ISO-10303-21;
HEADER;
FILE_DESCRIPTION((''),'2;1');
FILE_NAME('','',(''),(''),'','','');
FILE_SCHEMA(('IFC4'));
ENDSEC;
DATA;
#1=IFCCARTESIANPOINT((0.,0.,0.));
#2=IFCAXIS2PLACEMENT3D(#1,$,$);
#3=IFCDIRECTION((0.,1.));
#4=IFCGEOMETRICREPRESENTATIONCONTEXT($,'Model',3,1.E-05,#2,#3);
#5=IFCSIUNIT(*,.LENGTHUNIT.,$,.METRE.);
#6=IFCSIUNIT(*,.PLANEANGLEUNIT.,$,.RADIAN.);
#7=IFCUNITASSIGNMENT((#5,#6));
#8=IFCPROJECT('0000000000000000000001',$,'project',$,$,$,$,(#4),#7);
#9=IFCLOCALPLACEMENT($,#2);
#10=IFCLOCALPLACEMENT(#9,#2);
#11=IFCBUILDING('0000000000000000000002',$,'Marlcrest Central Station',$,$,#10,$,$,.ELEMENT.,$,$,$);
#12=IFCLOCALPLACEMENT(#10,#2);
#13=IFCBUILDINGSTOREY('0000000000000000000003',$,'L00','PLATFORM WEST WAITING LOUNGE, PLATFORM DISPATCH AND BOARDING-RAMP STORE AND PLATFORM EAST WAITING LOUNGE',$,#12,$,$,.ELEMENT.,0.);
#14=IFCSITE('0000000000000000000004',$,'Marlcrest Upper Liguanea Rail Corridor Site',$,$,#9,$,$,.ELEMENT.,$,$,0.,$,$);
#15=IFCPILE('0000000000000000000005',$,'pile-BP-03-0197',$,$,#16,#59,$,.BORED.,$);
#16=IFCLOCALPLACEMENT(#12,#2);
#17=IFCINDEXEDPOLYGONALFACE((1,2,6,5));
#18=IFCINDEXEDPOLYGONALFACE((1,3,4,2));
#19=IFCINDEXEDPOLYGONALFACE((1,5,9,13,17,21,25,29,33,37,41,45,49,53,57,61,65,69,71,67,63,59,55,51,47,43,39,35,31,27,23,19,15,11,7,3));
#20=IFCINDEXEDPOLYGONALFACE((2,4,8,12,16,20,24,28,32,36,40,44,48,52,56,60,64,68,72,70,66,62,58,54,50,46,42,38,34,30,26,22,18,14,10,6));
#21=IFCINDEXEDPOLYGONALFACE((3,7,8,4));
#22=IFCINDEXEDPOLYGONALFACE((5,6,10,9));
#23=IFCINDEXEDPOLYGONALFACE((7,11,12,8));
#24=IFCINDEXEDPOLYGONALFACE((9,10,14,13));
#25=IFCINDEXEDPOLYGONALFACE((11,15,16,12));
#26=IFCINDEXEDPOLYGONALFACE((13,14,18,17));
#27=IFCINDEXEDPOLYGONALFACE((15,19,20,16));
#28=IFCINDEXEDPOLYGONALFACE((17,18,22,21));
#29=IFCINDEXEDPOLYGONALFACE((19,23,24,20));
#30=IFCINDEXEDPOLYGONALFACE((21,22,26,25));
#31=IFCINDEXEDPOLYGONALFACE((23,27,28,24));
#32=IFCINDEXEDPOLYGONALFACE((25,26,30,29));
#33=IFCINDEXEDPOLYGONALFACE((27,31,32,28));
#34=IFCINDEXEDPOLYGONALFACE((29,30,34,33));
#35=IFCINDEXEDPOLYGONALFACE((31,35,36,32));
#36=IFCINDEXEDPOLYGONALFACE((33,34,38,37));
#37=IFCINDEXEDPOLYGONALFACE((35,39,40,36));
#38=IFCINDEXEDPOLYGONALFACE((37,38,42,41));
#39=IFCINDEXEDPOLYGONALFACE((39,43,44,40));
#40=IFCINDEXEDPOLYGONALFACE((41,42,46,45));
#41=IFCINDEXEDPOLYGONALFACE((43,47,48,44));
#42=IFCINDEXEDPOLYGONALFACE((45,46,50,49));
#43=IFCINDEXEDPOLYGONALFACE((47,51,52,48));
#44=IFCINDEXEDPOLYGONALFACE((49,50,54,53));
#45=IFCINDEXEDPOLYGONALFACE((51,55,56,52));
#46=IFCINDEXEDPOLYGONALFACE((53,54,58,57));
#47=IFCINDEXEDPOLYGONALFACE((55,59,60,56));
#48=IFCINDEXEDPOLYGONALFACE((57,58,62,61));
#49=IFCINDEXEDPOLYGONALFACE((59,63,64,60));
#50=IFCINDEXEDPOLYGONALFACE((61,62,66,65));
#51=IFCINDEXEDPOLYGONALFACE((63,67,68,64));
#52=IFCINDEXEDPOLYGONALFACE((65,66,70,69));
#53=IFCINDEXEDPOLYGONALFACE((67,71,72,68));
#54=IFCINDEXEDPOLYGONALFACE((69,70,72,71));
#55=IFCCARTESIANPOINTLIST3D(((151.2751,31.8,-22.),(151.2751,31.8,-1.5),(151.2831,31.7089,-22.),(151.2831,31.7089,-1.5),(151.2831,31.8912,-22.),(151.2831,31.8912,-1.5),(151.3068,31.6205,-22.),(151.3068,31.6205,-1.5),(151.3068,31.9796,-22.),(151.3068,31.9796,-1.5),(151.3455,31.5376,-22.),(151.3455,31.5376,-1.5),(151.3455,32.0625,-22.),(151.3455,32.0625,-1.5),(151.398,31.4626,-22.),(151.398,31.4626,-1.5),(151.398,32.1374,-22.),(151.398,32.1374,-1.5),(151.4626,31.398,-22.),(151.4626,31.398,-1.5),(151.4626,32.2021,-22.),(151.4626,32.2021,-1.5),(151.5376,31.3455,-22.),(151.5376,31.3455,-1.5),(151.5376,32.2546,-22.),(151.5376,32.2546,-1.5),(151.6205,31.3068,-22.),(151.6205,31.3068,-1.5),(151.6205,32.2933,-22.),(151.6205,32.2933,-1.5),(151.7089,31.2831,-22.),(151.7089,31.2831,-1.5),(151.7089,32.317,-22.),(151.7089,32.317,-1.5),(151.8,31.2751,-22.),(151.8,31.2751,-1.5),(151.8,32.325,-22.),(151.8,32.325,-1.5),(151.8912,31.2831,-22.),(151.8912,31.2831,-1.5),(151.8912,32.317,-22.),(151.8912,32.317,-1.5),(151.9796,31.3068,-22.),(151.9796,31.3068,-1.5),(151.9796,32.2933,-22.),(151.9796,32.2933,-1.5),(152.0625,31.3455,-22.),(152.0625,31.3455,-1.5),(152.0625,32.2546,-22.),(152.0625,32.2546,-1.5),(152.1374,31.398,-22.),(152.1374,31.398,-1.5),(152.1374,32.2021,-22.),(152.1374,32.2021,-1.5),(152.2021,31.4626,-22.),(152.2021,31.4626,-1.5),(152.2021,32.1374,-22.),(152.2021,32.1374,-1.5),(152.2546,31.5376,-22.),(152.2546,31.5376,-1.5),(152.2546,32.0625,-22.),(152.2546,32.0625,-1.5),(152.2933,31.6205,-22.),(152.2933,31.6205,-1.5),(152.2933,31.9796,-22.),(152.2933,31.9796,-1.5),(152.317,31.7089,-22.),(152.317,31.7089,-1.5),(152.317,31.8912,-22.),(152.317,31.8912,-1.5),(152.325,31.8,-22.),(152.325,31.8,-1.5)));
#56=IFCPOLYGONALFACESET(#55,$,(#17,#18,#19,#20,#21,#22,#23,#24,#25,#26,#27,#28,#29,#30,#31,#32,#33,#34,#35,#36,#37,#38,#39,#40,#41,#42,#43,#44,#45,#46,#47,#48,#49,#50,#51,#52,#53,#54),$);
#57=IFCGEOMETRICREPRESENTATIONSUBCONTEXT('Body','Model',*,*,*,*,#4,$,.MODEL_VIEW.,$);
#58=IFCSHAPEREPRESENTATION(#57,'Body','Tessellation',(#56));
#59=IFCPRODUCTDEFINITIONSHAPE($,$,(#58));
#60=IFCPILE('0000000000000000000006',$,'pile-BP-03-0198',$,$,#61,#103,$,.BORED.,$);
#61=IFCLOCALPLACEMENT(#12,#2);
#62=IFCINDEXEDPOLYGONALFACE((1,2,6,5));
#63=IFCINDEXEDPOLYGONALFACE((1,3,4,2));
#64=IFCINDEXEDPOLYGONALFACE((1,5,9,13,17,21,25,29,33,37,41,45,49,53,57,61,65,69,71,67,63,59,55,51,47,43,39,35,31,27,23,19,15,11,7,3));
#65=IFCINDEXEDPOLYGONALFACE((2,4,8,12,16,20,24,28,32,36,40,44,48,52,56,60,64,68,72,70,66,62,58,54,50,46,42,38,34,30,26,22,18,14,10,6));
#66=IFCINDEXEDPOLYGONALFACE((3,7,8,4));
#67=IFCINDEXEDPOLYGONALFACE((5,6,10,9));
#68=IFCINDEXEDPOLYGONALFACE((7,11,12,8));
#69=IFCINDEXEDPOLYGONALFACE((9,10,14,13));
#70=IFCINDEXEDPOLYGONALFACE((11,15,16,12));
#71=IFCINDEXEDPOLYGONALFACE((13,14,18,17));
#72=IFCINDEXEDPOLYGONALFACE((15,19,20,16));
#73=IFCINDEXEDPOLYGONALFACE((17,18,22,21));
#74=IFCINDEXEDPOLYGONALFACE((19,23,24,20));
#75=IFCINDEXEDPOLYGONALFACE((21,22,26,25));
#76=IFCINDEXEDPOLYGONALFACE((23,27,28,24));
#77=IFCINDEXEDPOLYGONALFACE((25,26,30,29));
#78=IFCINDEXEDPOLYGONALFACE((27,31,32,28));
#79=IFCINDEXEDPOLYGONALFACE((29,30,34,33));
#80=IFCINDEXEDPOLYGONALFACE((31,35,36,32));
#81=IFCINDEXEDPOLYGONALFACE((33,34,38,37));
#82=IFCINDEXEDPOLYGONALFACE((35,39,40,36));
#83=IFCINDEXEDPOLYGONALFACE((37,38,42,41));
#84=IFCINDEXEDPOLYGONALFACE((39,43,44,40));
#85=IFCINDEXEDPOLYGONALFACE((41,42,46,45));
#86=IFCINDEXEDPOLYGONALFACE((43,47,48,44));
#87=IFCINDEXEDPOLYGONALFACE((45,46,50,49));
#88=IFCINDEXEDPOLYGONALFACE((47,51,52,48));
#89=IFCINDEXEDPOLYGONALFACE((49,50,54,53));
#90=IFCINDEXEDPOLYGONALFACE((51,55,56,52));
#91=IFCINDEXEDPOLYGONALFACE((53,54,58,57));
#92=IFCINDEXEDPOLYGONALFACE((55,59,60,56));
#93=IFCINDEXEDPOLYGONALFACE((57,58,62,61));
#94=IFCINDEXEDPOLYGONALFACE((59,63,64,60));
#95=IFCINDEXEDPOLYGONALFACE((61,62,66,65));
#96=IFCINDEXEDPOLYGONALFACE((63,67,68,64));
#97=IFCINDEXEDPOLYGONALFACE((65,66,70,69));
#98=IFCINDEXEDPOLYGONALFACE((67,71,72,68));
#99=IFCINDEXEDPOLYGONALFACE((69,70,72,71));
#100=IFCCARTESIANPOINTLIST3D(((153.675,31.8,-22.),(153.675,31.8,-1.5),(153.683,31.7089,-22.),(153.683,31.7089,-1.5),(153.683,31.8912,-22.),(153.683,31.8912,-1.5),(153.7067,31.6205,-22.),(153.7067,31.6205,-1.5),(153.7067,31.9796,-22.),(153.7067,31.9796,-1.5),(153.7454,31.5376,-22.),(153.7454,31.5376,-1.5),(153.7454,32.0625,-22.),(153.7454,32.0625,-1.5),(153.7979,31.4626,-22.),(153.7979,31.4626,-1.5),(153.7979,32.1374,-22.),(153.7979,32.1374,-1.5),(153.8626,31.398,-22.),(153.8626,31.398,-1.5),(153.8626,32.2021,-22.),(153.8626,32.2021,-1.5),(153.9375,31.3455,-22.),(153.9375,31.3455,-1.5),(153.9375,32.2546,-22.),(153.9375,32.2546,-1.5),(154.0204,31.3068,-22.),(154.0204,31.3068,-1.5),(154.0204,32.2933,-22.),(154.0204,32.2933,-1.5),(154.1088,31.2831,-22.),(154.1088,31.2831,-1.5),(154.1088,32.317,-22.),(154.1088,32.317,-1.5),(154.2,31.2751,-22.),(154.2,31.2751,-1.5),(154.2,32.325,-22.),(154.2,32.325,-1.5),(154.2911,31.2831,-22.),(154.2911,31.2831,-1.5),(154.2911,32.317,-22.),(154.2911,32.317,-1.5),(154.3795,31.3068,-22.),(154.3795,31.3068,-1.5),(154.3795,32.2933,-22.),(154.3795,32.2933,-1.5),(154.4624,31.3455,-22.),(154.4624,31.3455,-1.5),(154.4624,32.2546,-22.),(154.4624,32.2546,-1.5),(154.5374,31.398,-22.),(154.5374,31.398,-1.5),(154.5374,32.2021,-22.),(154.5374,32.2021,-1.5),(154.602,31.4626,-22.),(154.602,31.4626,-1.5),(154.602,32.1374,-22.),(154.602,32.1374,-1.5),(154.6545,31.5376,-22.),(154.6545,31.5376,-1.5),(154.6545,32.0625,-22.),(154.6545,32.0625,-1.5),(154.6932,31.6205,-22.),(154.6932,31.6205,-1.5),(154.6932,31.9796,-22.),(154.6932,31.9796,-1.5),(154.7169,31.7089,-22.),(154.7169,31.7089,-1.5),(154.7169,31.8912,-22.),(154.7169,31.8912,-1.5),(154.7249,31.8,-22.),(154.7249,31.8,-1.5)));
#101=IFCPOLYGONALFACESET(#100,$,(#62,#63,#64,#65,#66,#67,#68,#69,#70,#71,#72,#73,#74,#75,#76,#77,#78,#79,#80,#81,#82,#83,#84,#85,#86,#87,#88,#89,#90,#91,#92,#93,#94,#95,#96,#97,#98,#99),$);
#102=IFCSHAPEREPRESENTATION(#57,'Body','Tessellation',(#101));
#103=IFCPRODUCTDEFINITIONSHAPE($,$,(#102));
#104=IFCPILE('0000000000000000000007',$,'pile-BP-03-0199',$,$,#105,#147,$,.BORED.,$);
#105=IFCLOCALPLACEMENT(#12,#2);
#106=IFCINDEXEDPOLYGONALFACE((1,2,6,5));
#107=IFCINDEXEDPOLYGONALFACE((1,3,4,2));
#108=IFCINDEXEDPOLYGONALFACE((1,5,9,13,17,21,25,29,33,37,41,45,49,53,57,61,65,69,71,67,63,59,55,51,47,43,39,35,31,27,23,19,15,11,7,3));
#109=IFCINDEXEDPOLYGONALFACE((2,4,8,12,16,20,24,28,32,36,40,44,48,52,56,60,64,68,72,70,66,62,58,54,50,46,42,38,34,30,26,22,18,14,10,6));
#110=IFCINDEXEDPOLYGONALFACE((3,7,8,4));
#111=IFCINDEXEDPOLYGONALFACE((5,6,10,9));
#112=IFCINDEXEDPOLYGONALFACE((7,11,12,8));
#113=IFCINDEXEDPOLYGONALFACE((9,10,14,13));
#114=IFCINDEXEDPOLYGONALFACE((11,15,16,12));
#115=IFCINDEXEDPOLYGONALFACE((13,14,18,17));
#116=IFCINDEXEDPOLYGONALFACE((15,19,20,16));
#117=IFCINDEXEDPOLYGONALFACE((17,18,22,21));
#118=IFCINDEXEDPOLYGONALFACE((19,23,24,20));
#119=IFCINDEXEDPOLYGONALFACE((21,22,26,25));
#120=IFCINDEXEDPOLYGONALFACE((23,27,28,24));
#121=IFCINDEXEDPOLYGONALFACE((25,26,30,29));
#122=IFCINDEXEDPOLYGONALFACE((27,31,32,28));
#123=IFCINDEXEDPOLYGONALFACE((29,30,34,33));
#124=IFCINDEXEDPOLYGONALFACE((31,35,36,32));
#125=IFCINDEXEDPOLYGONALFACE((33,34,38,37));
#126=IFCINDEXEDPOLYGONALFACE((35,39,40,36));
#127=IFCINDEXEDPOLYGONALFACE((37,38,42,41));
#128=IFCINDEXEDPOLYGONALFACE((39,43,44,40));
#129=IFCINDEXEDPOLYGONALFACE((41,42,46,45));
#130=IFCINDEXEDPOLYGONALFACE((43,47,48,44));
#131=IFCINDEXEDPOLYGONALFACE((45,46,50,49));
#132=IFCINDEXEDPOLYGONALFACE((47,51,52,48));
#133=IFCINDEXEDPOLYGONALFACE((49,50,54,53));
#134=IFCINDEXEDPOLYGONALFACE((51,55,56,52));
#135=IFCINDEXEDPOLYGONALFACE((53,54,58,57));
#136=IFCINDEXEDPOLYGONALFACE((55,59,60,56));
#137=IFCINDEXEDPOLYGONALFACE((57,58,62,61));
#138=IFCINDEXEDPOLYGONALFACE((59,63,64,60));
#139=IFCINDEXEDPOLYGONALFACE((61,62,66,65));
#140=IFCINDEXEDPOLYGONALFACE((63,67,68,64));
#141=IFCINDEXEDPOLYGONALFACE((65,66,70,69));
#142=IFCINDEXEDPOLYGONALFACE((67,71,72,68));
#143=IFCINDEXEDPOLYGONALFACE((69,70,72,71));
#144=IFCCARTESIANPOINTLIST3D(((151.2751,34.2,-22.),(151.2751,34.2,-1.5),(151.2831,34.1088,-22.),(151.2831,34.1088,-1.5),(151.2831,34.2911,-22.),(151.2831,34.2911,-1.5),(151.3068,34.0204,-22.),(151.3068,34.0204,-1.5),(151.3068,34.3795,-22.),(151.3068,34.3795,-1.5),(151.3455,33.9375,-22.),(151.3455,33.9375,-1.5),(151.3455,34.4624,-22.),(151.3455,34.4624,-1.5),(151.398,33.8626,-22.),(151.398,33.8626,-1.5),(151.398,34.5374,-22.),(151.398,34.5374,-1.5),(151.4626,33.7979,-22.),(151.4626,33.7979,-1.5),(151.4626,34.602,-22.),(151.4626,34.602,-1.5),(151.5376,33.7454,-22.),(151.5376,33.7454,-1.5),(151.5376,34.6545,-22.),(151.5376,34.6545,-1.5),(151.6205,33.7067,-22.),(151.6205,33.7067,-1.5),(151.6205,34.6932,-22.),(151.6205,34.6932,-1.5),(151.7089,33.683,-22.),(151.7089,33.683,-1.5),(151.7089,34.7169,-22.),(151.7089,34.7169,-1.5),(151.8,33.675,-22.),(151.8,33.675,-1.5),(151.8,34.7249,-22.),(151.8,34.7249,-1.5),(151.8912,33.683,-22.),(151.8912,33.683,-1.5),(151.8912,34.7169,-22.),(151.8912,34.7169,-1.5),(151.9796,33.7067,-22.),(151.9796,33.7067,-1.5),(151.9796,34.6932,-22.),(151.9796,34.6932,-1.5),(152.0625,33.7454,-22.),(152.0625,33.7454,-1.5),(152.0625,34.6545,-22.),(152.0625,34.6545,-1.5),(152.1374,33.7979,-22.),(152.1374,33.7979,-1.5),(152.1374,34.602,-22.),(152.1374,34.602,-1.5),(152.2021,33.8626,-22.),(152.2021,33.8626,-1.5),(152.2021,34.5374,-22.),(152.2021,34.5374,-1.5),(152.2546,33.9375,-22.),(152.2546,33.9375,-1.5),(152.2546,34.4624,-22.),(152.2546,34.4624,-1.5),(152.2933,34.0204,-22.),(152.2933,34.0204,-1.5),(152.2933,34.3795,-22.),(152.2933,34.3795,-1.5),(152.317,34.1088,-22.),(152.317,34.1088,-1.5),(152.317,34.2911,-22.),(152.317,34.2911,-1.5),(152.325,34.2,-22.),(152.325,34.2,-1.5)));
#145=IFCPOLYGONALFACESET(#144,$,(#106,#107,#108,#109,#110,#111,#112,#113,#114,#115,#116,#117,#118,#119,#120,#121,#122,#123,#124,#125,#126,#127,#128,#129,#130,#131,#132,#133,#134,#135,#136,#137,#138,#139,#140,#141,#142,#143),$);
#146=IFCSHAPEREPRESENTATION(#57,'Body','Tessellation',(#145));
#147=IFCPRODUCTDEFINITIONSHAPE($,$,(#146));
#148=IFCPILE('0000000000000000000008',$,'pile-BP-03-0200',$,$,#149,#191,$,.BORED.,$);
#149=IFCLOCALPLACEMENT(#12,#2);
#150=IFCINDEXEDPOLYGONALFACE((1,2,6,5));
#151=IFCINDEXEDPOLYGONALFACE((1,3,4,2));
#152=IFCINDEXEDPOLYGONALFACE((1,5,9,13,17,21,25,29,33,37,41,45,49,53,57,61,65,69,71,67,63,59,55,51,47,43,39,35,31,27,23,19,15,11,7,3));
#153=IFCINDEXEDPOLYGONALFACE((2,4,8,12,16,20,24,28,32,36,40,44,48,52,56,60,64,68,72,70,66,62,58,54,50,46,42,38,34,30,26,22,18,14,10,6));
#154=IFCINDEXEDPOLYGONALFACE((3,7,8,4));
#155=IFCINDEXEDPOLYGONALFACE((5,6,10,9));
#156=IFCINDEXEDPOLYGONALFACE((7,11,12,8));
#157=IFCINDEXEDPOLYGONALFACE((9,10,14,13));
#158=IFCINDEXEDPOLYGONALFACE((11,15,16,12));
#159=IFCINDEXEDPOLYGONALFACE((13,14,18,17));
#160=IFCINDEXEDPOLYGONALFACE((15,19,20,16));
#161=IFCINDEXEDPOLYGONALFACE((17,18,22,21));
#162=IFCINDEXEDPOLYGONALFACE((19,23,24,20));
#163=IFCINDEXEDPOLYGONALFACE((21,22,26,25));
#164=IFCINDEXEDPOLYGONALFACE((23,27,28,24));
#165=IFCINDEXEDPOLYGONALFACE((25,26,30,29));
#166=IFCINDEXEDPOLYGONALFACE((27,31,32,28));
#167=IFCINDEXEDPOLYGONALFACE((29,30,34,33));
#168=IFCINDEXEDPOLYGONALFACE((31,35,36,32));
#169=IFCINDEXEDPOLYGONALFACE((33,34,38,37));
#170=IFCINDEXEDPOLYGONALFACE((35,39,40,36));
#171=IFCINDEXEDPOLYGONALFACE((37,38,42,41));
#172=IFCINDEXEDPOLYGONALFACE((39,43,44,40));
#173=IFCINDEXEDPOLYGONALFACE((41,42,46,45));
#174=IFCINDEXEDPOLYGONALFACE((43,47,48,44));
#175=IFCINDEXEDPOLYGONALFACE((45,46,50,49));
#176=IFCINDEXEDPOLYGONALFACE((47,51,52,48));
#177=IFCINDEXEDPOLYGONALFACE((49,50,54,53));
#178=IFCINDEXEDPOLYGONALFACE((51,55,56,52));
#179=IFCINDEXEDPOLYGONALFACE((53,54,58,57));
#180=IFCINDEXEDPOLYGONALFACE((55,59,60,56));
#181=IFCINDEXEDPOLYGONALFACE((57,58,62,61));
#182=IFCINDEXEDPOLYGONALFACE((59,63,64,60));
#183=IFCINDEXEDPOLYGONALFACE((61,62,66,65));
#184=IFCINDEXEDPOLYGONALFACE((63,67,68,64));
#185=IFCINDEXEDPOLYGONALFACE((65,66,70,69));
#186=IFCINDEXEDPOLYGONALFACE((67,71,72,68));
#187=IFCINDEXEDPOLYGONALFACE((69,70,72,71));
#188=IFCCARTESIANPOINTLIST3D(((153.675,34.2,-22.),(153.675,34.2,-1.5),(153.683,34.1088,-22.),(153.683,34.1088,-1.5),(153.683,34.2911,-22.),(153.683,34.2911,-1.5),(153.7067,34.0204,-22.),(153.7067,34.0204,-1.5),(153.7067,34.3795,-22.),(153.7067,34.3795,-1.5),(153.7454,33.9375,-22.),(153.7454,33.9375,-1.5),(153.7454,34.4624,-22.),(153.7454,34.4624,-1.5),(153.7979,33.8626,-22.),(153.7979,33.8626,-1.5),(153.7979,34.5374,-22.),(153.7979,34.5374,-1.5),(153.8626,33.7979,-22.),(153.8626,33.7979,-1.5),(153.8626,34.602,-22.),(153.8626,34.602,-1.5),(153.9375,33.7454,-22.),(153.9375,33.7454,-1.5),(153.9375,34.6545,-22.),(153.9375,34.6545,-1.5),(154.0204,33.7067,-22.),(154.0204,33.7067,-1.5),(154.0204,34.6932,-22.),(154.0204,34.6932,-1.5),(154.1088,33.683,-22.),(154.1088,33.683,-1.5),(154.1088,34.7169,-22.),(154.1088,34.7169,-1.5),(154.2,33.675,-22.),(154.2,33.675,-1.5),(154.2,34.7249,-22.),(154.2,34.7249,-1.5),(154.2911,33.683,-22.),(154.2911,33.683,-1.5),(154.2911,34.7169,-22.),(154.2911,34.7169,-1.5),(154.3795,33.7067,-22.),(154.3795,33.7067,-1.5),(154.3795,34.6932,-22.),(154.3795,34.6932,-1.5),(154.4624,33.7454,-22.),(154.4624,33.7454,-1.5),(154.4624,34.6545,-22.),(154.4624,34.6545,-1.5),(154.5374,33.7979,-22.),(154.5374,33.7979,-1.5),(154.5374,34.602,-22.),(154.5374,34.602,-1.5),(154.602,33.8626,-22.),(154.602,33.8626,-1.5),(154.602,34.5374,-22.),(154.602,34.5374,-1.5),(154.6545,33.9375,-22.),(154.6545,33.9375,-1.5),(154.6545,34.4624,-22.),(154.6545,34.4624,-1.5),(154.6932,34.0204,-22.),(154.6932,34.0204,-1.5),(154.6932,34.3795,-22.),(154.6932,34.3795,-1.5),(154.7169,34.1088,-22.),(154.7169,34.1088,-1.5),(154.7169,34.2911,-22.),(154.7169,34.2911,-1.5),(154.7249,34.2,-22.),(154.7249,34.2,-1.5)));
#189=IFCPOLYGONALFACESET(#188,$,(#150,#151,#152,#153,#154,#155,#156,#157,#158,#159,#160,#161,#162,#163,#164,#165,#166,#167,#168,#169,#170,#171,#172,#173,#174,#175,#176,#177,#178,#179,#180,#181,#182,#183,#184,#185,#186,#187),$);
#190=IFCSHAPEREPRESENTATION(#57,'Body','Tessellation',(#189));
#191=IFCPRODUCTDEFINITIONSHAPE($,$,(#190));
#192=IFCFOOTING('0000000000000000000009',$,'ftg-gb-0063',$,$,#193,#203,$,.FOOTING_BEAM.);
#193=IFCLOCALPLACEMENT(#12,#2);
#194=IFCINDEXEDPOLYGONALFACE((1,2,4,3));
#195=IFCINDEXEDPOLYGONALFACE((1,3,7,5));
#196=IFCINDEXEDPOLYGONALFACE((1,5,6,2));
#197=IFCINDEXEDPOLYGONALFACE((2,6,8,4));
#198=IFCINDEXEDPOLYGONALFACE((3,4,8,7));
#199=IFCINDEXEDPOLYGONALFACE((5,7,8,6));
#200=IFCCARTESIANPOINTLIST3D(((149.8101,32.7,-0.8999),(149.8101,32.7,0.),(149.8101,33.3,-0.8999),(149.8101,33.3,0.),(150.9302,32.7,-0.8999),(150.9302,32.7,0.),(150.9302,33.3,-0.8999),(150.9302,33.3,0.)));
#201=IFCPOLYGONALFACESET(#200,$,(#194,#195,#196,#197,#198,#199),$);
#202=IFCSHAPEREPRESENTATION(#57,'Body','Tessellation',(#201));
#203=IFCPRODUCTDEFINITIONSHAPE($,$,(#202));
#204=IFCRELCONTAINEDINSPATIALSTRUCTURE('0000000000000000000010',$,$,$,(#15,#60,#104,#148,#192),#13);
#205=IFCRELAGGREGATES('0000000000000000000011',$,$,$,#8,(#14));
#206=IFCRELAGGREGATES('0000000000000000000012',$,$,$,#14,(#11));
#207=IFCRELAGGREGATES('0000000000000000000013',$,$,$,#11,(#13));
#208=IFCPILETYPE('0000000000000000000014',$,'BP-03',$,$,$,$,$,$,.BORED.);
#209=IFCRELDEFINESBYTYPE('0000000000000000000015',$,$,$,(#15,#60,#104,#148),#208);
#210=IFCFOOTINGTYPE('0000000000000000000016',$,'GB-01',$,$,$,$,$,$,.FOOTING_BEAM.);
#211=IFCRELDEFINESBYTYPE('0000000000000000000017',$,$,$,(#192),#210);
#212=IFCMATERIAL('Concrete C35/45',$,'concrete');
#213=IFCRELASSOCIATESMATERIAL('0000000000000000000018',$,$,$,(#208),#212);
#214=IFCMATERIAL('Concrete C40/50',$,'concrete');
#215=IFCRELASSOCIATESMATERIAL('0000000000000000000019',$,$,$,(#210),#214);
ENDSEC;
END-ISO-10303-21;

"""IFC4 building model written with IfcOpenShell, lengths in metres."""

from ifc_helpers import new_model, si_unit, direction, frame, origin, origin_2d, place, context, subcontext, project, spatial, rectangle, circle, extrude, material, material_profile, profile_set, type_object, element, save


model = new_model("IFC4")

# Units and contexts
model_context = context("Model", 3, precision=1e-05, world=origin(), true_north=direction((0.0, 1.0)))
body_context = subcontext(model_context, "Body", "Model", "MODEL_VIEW")
ifc_project = project(units=[si_unit("LENGTHUNIT", "METRE"), si_unit("PLANEANGLEUNIT", "RADIAN")], contexts=[model_context])

# Site, building, storey
site_placement = place(None, origin())
site = spatial("IfcSite", under=ifc_project, at=site_placement, Name="Marlcrest Upper Liguanea Rail Corridor Site", CompositionType="ELEMENT", RefElevation=0.0)
building_placement = place(site_placement, origin())
building = spatial("IfcBuilding", under=site, at=building_placement, Name="Marlcrest Central Station", CompositionType="ELEMENT")
storey_placement = place(building_placement, origin())
storey = spatial("IfcBuildingStorey", under=building, at=storey_placement, Name="L00", Description="PLATFORM WEST WAITING LOUNGE, PLATFORM DISPATCH AND BOARDING-RAMP STORE AND PLATFORM EAST WAITING LOUNGE", CompositionType="ELEMENT", Elevation=0.0)

# Piles
ifc_material_1 = material(Name="Concrete C35/45", Category="concrete")
ifc_material_profile_1 = material_profile(ifc_material_1, circle(Radius=0.5249, at=origin_2d()), Name="PILE D1050")
ifc_profile_set_1 = profile_set([ifc_material_profile_1], Name="Concrete C35/45")
pile_type_1 = type_object("IfcPileType", Name="BP-03", PredefinedType="BORED", material=ifc_profile_set_1)
for number, where, z_axis, x_axis, name in (
    (1, (151.8, 31.8, -1.5), (0.0, 0.0, -1.0), (1.0, 0.0, 0.0), "pile-BP-03-0197"),
    (2, (154.2, 31.8, -1.5), (0.0, 0.0, -1.0), (1.0, 0.0, 0.0), "pile-BP-03-0198"),
    (3, (151.8, 34.2, -1.5), (0.0, 0.0, -1.0), (1.0, 0.0, 0.0), "pile-BP-03-0199"),
    (4, (154.2, 34.2, -1.5), (0.0, 0.0, -1.0), (1.0, 0.0, 0.0), "pile-BP-03-0200"),
):
    element("IfcPile", number, at=place(storey_placement, frame(where, z_axis=z_axis, x_axis=x_axis)), inside=storey, type_object=pile_type_1, Name=name, PredefinedType="BORED", context=body_context, shape_type="SweptSolid", body=[
        extrude(circle(Radius=0.5249, at=origin_2d()), origin(), (0.0, 0.0, 1.0), 20.5),
    ])

# Footing
ifc_material_2 = material(Name="Concrete C40/50", Category="concrete")
footing_type_1 = type_object("IfcFootingType", Name="GB-01", PredefinedType="FOOTING_BEAM", material=ifc_material_2)
footing_1_placement = place(storey_placement, frame((150.3701, 33.0, -0.8999), z_axis=(0.0, 0.0, 1.0), x_axis=(1.0, 0.0, 0.0)))
element("IfcFooting", 5, at=footing_1_placement, inside=storey, type_object=footing_type_1, Name="ftg-gb-0063", PredefinedType="FOOTING_BEAM", context=body_context, shape_type="SweptSolid", body=[
    extrude(rectangle(XDim=1.1201, YDim=0.6001, at=origin_2d()), origin(), (0.0, 0.0, 1.0), 0.8999),
])

save(model, "model.ifc")
